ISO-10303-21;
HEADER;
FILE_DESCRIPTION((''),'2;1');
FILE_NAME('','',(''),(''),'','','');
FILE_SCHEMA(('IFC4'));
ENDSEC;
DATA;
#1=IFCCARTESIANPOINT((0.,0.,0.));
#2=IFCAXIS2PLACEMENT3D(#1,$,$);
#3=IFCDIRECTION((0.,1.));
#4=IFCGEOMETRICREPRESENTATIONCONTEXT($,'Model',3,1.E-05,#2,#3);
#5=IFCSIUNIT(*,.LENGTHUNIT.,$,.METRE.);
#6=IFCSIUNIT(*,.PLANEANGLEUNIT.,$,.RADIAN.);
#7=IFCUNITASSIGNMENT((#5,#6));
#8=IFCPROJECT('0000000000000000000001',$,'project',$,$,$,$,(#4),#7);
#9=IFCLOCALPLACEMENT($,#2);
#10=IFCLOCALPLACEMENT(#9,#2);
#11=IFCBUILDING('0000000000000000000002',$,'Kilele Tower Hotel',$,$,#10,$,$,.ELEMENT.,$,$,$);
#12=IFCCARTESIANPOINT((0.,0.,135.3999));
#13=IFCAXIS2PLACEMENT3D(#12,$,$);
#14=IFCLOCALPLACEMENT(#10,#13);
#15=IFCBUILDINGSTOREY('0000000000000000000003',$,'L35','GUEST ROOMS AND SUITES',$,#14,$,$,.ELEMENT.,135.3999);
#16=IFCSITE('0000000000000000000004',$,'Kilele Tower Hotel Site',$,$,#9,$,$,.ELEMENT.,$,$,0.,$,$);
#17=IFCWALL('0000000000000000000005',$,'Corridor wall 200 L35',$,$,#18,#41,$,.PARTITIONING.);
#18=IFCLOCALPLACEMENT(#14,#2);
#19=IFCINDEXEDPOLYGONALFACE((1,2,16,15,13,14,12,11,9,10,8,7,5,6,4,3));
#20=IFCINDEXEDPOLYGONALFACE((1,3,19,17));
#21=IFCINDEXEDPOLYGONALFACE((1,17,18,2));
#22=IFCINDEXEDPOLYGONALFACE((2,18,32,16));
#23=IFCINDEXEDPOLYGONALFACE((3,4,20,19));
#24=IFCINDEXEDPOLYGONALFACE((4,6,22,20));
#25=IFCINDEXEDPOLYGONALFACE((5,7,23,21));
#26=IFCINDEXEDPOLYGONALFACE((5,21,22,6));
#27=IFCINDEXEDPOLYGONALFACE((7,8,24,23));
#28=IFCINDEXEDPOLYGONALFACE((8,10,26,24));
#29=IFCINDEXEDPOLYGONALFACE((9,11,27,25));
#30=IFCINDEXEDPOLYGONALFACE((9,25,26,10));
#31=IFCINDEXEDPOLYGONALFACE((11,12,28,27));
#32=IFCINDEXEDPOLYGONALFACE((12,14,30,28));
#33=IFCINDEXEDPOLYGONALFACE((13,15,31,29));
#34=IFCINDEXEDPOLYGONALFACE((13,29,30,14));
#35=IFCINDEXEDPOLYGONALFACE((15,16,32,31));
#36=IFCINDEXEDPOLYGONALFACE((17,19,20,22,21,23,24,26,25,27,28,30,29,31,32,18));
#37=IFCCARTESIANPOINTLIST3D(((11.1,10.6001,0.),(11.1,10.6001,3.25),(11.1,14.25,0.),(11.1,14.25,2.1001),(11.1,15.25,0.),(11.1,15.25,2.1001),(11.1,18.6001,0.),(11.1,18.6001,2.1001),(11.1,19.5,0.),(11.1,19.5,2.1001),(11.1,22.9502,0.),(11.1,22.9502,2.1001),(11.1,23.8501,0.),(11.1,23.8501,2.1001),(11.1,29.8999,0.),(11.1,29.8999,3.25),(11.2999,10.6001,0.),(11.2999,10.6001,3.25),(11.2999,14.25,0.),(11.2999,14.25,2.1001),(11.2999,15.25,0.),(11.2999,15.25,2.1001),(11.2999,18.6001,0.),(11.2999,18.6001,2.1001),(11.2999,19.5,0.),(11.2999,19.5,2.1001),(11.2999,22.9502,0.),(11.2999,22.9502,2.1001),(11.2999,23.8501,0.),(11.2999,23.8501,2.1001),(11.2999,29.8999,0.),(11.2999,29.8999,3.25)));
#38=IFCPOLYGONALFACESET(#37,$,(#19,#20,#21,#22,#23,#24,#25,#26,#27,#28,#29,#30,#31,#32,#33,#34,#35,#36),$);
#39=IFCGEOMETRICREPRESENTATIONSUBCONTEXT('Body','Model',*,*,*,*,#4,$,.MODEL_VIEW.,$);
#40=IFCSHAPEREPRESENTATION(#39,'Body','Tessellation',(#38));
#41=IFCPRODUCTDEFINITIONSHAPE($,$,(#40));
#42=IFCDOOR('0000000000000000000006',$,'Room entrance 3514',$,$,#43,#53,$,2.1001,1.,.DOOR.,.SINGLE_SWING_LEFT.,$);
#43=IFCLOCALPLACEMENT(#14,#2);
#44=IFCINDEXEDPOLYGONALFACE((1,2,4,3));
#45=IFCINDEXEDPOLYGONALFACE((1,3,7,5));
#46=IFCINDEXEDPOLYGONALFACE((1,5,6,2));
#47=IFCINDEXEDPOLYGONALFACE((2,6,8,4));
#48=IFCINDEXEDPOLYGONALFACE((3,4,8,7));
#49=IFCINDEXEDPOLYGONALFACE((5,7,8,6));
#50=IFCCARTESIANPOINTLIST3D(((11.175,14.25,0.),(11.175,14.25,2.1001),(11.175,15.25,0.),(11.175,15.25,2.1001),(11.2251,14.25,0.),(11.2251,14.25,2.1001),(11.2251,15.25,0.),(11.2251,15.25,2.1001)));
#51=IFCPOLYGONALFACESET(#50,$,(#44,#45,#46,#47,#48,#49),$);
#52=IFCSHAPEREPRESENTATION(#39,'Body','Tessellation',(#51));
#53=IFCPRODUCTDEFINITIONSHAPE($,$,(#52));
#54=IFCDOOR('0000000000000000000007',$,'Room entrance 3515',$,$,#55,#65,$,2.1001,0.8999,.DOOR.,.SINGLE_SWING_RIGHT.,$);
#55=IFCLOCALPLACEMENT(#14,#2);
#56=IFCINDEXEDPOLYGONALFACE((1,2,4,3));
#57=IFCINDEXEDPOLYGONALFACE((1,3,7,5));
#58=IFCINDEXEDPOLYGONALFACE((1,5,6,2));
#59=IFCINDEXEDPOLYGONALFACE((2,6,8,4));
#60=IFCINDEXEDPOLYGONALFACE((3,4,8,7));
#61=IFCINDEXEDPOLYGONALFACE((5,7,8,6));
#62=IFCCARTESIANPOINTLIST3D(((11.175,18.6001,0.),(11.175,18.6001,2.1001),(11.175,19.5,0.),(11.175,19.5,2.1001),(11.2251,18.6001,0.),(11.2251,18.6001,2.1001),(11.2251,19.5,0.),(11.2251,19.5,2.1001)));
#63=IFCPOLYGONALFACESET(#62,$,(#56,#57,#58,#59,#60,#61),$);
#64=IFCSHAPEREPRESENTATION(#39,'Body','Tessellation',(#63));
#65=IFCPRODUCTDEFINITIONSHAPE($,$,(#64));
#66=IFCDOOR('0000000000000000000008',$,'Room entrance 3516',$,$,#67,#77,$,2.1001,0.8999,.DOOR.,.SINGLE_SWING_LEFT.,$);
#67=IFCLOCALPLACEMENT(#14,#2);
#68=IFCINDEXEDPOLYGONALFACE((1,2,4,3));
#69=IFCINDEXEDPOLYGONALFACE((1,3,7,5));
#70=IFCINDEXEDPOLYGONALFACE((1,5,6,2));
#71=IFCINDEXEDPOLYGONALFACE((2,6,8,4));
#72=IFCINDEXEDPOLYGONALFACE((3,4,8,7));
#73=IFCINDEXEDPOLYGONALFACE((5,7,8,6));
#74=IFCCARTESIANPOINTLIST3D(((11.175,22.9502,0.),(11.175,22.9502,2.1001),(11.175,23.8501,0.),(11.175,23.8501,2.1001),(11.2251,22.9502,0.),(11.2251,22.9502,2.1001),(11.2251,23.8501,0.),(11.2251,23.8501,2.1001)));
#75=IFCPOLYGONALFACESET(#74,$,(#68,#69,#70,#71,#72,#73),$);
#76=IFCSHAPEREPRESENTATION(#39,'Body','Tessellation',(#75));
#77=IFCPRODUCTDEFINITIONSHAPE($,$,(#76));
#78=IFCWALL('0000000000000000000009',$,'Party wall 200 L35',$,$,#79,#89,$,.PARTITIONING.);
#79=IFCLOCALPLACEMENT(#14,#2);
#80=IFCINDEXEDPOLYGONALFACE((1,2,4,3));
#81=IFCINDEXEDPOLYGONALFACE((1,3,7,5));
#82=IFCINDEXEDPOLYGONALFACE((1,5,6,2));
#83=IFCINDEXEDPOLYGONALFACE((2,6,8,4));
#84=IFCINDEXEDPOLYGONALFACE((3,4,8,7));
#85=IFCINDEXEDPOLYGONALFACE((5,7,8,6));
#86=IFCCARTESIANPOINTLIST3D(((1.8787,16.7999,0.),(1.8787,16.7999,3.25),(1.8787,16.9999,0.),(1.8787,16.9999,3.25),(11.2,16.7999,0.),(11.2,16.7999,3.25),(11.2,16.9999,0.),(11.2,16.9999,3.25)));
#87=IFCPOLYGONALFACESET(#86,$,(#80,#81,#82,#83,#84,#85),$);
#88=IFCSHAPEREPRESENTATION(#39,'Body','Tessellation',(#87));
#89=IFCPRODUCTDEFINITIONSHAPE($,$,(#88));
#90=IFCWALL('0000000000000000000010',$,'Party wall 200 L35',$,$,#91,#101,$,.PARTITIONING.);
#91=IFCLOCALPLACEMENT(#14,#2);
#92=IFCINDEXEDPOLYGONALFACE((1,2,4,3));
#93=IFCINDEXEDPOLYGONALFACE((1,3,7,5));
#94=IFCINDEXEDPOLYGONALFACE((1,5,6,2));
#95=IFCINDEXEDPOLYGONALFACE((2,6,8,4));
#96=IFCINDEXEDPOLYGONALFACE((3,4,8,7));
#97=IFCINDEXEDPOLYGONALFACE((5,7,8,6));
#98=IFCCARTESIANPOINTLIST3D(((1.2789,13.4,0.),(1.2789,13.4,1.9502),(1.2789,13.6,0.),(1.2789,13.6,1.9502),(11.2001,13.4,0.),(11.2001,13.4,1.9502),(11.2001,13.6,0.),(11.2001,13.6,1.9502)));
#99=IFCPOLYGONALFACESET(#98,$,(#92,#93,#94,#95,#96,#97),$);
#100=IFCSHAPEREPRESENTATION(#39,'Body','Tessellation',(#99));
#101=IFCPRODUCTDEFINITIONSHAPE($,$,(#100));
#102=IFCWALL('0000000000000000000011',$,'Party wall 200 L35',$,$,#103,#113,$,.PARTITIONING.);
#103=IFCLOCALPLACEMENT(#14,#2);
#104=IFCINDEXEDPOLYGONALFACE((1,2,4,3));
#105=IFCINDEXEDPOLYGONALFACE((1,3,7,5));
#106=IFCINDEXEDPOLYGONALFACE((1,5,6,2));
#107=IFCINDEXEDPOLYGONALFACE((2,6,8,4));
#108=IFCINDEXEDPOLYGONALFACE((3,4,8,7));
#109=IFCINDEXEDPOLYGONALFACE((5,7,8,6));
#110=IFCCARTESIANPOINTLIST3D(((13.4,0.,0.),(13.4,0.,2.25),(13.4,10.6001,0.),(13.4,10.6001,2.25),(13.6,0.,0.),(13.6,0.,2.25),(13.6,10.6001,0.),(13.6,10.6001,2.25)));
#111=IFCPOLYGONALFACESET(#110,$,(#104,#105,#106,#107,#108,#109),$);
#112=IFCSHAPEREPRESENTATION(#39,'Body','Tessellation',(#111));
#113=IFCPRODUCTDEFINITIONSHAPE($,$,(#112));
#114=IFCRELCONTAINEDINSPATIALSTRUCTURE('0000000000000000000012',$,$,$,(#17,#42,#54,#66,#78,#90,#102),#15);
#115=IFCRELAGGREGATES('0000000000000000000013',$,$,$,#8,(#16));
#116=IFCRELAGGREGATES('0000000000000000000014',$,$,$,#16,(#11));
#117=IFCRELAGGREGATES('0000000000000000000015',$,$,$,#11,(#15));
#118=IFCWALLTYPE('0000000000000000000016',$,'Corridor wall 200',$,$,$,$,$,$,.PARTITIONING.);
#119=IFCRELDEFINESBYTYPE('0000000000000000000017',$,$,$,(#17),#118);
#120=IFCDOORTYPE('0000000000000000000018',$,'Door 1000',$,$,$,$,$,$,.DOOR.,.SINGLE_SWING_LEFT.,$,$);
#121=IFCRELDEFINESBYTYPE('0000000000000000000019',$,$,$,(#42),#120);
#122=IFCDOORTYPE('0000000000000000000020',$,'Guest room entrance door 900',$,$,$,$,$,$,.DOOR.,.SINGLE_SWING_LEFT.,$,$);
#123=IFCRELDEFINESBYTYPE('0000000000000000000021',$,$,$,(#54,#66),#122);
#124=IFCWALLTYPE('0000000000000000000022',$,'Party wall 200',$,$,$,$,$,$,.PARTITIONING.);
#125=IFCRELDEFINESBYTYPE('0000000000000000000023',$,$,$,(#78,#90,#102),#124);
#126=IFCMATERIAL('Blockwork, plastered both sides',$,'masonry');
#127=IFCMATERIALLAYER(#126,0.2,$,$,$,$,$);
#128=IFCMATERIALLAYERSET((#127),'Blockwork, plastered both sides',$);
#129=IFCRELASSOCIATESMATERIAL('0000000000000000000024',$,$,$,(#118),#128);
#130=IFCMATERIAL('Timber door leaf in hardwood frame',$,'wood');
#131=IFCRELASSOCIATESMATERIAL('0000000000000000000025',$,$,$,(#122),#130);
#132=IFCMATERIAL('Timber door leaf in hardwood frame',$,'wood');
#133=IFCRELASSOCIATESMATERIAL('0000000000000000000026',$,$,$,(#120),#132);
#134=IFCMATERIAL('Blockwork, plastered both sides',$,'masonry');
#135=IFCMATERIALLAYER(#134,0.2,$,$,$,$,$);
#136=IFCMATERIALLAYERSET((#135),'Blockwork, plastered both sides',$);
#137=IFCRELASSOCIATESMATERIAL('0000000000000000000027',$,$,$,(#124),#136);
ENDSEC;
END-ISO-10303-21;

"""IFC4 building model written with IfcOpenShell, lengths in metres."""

from ifc_helpers import new_model, si_unit, direction, frame, frame_2d, origin, place, context, subcontext, project, spatial, rectangle, extrude, material, layer, layer_set, type_object, element, fill, save


model = new_model("IFC4")

# Units and contexts
model_context = context("Model", 3, precision=1e-05, world=origin(), true_north=direction((0.0, 1.0)))
body_context = subcontext(model_context, "Body", "Model", "MODEL_VIEW")
ifc_project = project(units=[si_unit("LENGTHUNIT", "METRE"), si_unit("PLANEANGLEUNIT", "RADIAN")], contexts=[model_context])

# Site, building, storey
site_placement = place(None, origin())
site = spatial("IfcSite", under=ifc_project, at=site_placement, Name="Kilele Tower Hotel Site", CompositionType="ELEMENT", RefElevation=0.0)
building_placement = place(site_placement, origin())
building = spatial("IfcBuilding", under=site, at=building_placement, Name="Kilele Tower Hotel", CompositionType="ELEMENT")
storey_placement = place(building_placement, frame((0.0, 0.0, 135.3999)))
storey = spatial("IfcBuildingStorey", under=building, at=storey_placement, Name="L35", Description="GUEST ROOMS AND SUITES", CompositionType="ELEMENT", Elevation=135.3999)

# Wall, openings, doors
ifc_material_1 = material(Name="Blockwork, plastered both sides", Category="masonry")
ifc_layer_1 = layer(ifc_material_1, 0.2)
ifc_layer_set_1 = layer_set([ifc_layer_1], Name="Blockwork, plastered both sides")
wall_type_1 = type_object("IfcWallType", Name="Corridor wall 200", PredefinedType="PARTITIONING", material=ifc_layer_set_1)
ifc_material_2 = material(Name="Timber door leaf in hardwood frame", Category="wood")
door_type_1 = type_object("IfcDoorType", Name="Guest room entrance door 900", OperationType="SINGLE_SWING_LEFT", PredefinedType="DOOR", material=ifc_material_2)
wall_1_placement = place(storey_placement, frame((11.2, 10.6001, 0.0), z_axis=(0.0, 0.0, 1.0), x_axis=(0.0, 1.0, 0.0)))
wall_1 = element("IfcWall", 1, at=wall_1_placement, inside=storey, type_object=wall_type_1, Name="Corridor wall 200 L35", PredefinedType="PARTITIONING", context=body_context, shape_type="SweptSolid", body=[
    extrude(rectangle(XDim=19.2998, YDim=0.2, at=frame_2d((9.6499, 0.0))), origin(), (0.0, 0.0, 1.0), 3.25),
])
opening_1_placement = place(wall_1_placement, frame((3.6499, 0.0, 0.0)))
opening_1 = element("IfcOpeningElement", 2, at=opening_1_placement, cuts=wall_1, PredefinedType="OPENING", context=body_context, shape_type="SweptSolid", body=[
    extrude(rectangle(XDim=1.0, YDim=2.1001, at=frame_2d((0.5, 1.05))), frame((0.0, 0.1099, 0.0), z_axis=(0.0, -1.0, 0.0), x_axis=(1.0, 0.0, 0.0)), (0.0, 0.0, 1.0), 0.22),
])
opening_2_placement = place(wall_1_placement, frame((8.0, 0.0, 0.0)))
opening_2 = element("IfcOpeningElement", 3, at=opening_2_placement, cuts=wall_1, PredefinedType="OPENING", context=body_context, shape_type="SweptSolid", body=[
    extrude(rectangle(XDim=0.8999, YDim=2.1001, at=frame_2d((0.45, 1.05))), frame((0.0, 0.1099, 0.0), z_axis=(0.0, -1.0, 0.0), x_axis=(1.0, 0.0, 0.0)), (0.0, 0.0, 1.0), 0.22),
])
opening_3_placement = place(wall_1_placement, frame((12.3501, 0.0, 0.0)))
opening_3 = element("IfcOpeningElement", 4, at=opening_3_placement, cuts=wall_1, PredefinedType="OPENING", context=body_context, shape_type="SweptSolid", body=[
    extrude(rectangle(XDim=0.8999, YDim=2.1001, at=frame_2d((0.45, 1.05))), frame((0.0, 0.1099, 0.0), z_axis=(0.0, -1.0, 0.0), x_axis=(1.0, 0.0, 0.0)), (0.0, 0.0, 1.0), 0.22),
])
ifc_material_3 = material(Name="Timber door leaf in hardwood frame", Category="wood")
door_type_2 = type_object("IfcDoorType", Name="Door 1000", OperationType="SINGLE_SWING_LEFT", PredefinedType="DOOR", material=ifc_material_3)
door_1_placement = place(opening_1_placement, origin())
door_1 = element("IfcDoor", 5, at=door_1_placement, inside=storey, type_object=door_type_2, Name="Room entrance 3514", OperationType="SINGLE_SWING_LEFT", OverallHeight=2.1001, OverallWidth=1.0, PredefinedType="DOOR", context=body_context, shape_type="SweptSolid", body=[
    extrude(rectangle(XDim=1.0, YDim=2.1001, at=frame_2d((0.5, 1.05))), frame((0.0, 0.0249, 0.0), z_axis=(0.0, -1.0, 0.0), x_axis=(1.0, 0.0, 0.0)), (0.0, 0.0, 1.0), 0.05),
])
fill(opening_1, door_1)
door_2_placement = place(opening_2_placement, origin())
door_2 = element("IfcDoor", 6, at=door_2_placement, inside=storey, type_object=door_type_1, Name="Room entrance 3515", OperationType="SINGLE_SWING_RIGHT", OverallHeight=2.1001, OverallWidth=0.8999, PredefinedType="DOOR", context=body_context, shape_type="SweptSolid", body=[
    extrude(rectangle(XDim=0.8999, YDim=2.1001, at=frame_2d((0.45, 1.05))), frame((0.0, 0.0249, 0.0), z_axis=(0.0, -1.0, 0.0), x_axis=(1.0, 0.0, 0.0)), (0.0, 0.0, 1.0), 0.05),
])
fill(opening_2, door_2)
door_3_placement = place(opening_3_placement, origin())
door_3 = element("IfcDoor", 7, at=door_3_placement, inside=storey, type_object=door_type_1, Name="Room entrance 3516", OperationType="SINGLE_SWING_LEFT", OverallHeight=2.1001, OverallWidth=0.8999, PredefinedType="DOOR", context=body_context, shape_type="SweptSolid", body=[
    extrude(rectangle(XDim=0.8999, YDim=2.1001, at=frame_2d((0.45, 1.05))), frame((0.0, 0.0249, 0.0), z_axis=(0.0, -1.0, 0.0), x_axis=(1.0, 0.0, 0.0)), (0.0, 0.0, 1.0), 0.05),
])
fill(opening_3, door_3)

# Walls
ifc_material_4 = material(Name="Blockwork, plastered both sides", Category="masonry")
ifc_layer_2 = layer(ifc_material_4, 0.2)
ifc_layer_set_2 = layer_set([ifc_layer_2], Name="Blockwork, plastered both sides")
wall_type_2 = type_object("IfcWallType", Name="Party wall 200", PredefinedType="PARTITIONING", material=ifc_layer_set_2)
wall_2_placement = place(storey_placement, frame((11.2, 16.8999, 0.0), z_axis=(0.0, 0.0, 1.0), x_axis=(-1.0, 0.0, 0.0)))
element("IfcWall", 8, at=wall_2_placement, inside=storey, type_object=wall_type_2, Name="Party wall 200 L35", PredefinedType="PARTITIONING", context=body_context, shape_type="SweptSolid", body=[
    extrude(rectangle(XDim=9.3213, YDim=0.2, at=frame_2d((4.6606, 0.0))), origin(), (0.0, 0.0, 1.0), 3.25),
])
wall_3_placement = place(storey_placement, frame((11.2, 13.5, 0.0), z_axis=(0.0, 0.0, 1.0), x_axis=(-1.0, 0.0, 0.0)))
element("IfcWall", 9, at=wall_3_placement, inside=storey, type_object=wall_type_2, Name="Party wall 200 L35", PredefinedType="PARTITIONING", context=body_context, shape_type="SweptSolid", body=[
    extrude(rectangle(XDim=9.9211, YDim=0.2, at=frame_2d((4.9604, 0.0))), origin(), (0.0, 0.0, 1.0), 1.9502),
])
wall_4_placement = place(storey_placement, frame((13.5, 10.6001, 0.0), z_axis=(0.0, 0.0, 1.0), x_axis=(0.0, -1.0, 0.0)))
element("IfcWall", 10, at=wall_4_placement, inside=storey, type_object=wall_type_2, Name="Party wall 200 L35", PredefinedType="PARTITIONING", context=body_context, shape_type="SweptSolid", body=[
    extrude(rectangle(XDim=10.6001, YDim=0.2, at=frame_2d((5.3, 0.0))), origin(), (0.0, 0.0, 1.0), 2.25),
])

save(model, "model.ifc")
